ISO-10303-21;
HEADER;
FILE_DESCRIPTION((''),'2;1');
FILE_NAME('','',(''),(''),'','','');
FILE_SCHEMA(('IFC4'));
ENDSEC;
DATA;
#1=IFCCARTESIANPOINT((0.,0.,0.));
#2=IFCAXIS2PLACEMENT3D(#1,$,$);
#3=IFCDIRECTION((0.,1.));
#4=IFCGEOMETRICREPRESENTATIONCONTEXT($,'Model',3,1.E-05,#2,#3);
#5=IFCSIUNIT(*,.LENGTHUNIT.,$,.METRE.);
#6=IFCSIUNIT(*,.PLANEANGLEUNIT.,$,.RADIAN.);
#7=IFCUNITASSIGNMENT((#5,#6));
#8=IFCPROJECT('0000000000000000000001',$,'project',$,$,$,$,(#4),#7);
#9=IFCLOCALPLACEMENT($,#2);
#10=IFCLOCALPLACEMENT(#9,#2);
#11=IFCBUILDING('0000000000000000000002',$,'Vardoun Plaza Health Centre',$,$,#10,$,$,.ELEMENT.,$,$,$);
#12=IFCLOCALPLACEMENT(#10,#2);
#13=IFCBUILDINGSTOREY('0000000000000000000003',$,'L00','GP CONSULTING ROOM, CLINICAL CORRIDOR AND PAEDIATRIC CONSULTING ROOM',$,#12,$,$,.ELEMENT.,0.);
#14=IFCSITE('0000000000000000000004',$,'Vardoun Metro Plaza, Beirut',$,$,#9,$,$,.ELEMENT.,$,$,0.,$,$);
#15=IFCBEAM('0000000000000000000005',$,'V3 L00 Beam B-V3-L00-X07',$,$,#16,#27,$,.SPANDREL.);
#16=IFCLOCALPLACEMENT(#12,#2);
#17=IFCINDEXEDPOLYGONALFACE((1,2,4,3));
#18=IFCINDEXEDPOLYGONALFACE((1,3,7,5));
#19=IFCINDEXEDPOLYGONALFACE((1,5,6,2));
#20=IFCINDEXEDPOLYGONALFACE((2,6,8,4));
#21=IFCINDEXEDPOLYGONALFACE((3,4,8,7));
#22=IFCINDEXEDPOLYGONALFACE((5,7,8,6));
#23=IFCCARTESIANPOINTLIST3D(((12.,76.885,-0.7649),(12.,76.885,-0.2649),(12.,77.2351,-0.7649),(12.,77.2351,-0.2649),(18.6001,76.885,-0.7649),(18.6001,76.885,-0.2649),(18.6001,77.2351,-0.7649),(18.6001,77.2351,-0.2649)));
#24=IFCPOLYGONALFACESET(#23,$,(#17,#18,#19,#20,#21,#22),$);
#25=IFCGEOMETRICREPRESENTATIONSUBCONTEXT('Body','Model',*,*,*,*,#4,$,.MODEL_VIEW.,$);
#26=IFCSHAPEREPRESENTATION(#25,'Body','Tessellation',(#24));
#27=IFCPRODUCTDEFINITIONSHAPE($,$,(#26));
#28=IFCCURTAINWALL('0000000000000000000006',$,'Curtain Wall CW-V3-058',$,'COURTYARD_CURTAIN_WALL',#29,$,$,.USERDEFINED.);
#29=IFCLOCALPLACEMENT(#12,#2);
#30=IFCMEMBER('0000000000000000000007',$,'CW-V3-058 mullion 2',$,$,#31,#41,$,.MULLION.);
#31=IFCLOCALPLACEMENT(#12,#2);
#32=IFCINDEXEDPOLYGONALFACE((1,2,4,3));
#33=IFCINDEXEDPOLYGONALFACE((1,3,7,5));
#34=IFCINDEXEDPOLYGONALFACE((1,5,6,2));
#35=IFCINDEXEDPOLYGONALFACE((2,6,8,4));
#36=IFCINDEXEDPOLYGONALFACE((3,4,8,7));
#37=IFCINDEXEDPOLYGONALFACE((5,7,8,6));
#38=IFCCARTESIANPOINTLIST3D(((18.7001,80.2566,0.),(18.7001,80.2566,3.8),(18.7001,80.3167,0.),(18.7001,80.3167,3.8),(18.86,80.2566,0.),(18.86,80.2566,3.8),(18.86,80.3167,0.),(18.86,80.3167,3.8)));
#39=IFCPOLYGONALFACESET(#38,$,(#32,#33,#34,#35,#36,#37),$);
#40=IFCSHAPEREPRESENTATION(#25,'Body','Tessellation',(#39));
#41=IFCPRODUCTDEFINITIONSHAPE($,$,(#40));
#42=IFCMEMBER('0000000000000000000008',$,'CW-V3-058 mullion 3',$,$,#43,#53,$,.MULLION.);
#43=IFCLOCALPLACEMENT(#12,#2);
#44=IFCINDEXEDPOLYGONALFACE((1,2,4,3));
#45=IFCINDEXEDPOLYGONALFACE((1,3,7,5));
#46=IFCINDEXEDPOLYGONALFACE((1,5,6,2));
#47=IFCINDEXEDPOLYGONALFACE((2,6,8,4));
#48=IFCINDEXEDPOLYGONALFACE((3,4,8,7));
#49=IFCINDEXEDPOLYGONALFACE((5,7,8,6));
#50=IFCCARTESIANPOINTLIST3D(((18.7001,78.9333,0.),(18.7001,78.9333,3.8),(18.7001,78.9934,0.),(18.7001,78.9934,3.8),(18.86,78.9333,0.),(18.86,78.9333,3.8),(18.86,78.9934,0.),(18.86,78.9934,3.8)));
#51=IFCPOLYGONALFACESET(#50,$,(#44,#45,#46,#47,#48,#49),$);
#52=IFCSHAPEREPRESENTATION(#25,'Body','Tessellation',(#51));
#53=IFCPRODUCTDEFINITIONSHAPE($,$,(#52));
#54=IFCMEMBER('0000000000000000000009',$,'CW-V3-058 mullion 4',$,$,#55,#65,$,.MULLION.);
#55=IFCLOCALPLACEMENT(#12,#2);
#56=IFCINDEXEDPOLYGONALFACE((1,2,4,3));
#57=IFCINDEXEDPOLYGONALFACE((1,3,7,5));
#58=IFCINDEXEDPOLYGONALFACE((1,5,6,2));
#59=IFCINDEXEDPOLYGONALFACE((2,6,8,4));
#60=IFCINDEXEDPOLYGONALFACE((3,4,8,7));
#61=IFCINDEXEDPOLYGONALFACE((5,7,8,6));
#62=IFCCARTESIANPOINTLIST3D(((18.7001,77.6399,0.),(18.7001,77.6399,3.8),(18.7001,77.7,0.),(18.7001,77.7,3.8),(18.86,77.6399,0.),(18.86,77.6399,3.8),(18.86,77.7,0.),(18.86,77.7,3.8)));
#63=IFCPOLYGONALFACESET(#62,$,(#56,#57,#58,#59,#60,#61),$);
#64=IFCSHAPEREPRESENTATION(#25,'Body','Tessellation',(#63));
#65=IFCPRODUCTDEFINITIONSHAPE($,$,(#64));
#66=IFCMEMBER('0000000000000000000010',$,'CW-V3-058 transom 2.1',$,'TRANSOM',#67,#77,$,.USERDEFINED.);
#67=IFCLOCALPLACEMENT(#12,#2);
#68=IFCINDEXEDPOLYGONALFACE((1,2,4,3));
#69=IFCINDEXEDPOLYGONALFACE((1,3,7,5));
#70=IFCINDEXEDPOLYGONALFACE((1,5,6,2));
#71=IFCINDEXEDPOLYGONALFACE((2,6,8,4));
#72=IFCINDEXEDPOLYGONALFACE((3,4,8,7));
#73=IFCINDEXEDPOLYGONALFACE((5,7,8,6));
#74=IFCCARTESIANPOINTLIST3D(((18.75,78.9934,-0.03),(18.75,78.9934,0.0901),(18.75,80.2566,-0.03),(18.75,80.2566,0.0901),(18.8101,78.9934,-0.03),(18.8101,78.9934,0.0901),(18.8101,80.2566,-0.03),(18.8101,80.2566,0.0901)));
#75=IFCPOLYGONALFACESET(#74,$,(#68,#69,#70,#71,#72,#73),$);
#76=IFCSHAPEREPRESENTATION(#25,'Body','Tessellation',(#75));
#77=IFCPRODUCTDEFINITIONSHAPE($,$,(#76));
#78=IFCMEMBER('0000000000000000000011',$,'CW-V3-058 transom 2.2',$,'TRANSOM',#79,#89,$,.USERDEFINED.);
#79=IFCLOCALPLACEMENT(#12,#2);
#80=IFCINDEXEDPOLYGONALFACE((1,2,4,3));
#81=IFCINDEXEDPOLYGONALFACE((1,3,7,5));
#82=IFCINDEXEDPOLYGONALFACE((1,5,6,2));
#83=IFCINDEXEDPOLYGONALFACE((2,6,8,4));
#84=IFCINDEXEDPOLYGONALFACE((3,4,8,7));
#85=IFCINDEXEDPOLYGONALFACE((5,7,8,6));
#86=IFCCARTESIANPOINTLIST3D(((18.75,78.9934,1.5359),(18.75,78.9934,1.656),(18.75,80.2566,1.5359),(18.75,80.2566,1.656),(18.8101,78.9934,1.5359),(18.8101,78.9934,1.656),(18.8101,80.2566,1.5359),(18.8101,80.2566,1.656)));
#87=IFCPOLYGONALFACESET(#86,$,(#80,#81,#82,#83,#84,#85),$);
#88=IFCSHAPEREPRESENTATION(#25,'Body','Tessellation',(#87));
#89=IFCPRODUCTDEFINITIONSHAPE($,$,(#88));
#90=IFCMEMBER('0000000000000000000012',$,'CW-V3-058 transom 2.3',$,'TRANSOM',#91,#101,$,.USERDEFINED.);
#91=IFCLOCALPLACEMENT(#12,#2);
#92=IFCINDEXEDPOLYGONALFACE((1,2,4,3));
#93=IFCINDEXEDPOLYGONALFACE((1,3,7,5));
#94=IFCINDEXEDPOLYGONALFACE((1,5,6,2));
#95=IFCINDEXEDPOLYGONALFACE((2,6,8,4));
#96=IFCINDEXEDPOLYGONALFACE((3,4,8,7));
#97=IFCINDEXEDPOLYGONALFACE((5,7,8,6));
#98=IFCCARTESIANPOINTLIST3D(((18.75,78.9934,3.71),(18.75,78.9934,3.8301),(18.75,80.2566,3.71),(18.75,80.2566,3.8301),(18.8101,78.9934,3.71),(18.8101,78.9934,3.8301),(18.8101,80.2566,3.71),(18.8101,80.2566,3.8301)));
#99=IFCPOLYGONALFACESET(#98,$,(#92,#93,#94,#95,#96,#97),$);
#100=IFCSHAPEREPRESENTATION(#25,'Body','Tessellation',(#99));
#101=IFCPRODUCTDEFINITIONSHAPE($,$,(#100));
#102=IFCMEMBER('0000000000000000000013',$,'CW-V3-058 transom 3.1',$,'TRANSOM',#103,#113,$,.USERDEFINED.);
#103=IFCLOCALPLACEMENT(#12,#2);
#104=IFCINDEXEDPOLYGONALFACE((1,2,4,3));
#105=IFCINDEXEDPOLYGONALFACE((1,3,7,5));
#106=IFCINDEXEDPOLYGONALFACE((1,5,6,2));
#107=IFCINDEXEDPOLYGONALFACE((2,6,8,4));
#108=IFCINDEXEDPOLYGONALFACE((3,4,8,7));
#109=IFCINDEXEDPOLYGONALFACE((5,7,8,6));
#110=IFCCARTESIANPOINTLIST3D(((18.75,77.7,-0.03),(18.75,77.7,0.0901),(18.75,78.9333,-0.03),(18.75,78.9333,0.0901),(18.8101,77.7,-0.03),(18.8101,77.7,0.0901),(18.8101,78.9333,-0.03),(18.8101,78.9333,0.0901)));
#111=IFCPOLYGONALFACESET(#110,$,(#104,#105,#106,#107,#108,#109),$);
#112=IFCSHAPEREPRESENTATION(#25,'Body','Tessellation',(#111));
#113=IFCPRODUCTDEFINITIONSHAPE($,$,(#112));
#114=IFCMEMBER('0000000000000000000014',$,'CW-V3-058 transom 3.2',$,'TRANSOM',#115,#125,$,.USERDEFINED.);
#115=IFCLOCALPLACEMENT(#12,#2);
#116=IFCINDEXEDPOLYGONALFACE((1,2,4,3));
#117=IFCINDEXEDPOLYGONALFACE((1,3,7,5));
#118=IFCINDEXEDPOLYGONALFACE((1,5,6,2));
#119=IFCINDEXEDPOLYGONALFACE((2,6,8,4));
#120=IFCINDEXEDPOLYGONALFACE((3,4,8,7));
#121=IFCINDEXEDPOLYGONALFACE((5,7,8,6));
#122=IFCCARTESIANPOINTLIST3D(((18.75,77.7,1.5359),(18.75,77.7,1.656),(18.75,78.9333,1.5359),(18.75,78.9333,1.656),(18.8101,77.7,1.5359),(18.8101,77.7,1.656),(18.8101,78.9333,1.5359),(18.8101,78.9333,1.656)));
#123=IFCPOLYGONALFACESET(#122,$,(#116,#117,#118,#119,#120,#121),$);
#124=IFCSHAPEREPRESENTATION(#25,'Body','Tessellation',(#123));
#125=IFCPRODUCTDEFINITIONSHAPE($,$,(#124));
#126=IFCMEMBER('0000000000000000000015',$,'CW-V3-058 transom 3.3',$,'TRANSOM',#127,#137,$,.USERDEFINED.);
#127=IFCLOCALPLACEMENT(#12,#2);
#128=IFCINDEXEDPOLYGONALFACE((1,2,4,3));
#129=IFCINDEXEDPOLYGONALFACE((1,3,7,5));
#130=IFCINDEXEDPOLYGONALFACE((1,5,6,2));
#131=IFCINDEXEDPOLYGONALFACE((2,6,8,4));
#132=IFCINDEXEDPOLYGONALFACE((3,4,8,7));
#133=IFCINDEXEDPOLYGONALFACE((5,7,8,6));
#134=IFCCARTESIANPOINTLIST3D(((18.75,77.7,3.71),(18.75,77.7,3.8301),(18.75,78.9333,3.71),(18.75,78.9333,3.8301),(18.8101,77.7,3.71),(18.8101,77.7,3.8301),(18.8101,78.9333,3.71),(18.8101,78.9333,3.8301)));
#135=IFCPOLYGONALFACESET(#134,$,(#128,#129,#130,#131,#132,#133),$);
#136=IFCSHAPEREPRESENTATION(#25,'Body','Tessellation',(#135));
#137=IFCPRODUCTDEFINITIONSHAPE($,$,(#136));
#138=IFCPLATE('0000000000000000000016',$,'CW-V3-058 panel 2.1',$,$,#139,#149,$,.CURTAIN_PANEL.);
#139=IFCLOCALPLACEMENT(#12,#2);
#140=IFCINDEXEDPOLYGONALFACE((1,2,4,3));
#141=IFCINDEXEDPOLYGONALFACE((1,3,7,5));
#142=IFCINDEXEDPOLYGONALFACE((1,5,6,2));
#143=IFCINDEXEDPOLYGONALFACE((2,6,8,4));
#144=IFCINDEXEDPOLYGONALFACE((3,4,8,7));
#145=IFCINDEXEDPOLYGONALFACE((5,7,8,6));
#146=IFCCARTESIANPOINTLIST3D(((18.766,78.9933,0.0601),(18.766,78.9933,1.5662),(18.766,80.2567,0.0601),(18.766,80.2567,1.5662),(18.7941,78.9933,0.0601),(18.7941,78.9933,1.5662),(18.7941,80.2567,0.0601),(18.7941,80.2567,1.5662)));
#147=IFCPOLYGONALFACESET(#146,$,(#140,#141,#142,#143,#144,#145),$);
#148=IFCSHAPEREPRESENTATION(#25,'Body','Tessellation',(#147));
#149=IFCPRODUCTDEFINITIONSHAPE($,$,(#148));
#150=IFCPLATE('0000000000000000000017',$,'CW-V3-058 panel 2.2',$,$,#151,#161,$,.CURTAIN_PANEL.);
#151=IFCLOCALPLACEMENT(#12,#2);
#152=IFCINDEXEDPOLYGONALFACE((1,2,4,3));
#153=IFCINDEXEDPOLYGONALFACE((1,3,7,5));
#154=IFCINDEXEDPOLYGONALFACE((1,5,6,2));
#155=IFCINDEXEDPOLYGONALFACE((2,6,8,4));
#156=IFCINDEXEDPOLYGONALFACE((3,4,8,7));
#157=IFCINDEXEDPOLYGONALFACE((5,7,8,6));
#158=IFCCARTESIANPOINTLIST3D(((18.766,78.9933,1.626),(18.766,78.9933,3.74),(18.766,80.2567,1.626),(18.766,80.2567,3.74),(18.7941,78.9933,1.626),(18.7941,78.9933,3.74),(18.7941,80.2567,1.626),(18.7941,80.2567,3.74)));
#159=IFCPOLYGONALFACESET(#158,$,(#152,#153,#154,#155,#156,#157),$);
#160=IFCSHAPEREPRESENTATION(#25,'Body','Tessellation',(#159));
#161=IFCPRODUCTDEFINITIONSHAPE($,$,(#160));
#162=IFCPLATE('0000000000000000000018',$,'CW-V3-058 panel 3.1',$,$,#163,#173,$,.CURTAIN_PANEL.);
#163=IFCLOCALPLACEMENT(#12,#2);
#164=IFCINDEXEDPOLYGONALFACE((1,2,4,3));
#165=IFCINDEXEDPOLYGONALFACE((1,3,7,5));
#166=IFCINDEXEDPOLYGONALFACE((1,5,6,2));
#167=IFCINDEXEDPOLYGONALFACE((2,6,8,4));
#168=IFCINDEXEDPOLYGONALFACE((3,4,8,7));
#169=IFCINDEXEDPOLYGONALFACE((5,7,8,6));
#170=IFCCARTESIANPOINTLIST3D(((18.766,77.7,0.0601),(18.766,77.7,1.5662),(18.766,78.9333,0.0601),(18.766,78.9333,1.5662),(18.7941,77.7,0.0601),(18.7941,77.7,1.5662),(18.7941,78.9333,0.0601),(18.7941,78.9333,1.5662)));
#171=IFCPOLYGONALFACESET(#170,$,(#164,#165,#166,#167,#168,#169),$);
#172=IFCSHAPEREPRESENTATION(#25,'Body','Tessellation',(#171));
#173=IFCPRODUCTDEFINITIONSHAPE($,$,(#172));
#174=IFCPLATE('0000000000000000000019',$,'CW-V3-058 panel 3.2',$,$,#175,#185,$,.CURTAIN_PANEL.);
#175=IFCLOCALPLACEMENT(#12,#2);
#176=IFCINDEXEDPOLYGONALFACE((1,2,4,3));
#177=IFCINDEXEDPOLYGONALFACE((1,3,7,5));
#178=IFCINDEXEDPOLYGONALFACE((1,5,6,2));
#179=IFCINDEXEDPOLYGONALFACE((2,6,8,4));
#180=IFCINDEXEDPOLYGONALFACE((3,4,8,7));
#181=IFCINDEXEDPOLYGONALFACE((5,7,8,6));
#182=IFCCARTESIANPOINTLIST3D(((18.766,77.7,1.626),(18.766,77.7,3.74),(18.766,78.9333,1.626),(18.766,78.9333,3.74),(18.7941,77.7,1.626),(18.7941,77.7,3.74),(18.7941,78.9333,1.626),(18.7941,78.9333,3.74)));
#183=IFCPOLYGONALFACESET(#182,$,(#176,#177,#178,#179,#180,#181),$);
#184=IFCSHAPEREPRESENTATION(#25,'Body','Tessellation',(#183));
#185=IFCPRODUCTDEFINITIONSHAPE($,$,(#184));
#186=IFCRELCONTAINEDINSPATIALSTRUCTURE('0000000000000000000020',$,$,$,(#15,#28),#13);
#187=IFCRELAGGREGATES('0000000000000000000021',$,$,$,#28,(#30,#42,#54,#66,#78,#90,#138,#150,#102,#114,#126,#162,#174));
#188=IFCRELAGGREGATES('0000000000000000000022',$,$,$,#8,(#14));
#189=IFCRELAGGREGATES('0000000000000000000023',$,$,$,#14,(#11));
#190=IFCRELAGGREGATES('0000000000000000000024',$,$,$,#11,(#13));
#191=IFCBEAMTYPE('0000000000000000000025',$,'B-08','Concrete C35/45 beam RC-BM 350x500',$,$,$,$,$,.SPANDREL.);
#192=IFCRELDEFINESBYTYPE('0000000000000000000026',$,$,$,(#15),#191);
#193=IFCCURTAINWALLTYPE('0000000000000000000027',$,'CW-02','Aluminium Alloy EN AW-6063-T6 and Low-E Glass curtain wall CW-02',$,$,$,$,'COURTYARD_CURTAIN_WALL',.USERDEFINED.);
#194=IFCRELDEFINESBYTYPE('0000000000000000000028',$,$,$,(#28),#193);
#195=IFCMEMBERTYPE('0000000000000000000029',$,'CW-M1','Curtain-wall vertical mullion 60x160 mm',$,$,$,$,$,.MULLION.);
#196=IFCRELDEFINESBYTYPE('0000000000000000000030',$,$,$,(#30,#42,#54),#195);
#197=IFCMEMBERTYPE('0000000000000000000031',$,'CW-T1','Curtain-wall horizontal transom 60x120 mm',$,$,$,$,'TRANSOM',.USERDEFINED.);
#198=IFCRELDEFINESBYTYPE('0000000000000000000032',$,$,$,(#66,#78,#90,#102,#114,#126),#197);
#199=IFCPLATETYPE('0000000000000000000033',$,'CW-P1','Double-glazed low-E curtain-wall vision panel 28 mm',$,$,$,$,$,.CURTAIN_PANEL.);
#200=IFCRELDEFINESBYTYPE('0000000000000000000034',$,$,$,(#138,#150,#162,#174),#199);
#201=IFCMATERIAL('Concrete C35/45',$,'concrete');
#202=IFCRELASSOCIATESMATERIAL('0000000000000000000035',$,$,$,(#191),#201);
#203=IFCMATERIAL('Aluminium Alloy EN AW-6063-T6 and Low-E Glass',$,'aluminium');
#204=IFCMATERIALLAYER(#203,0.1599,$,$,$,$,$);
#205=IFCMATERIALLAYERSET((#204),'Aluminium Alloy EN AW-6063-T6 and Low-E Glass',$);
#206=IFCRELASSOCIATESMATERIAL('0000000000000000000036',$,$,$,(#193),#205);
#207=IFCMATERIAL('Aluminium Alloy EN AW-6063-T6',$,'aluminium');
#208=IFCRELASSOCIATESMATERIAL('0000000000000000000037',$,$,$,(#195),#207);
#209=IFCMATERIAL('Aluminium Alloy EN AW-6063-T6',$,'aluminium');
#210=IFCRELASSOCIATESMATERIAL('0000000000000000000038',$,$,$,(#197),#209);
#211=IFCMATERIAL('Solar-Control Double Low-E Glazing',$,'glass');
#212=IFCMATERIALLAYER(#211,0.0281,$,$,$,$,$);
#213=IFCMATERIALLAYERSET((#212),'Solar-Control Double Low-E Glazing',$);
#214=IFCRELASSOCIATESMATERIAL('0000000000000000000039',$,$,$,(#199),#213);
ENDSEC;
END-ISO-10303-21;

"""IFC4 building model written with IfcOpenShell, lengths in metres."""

from ifc_helpers import new_model, si_unit, direction, frame, origin, origin_2d, place, context, subcontext, project, spatial, rectangle, extrude, material, layer, layer_set, material_profile, profile_set, type_object, element, aggregate, save


model = new_model("IFC4")

# Units and contexts
model_context = context("Model", 3, precision=1e-05, world=origin(), true_north=direction((0.0, 1.0)))
body_context = subcontext(model_context, "Body", "Model", "MODEL_VIEW")
ifc_project = project(units=[si_unit("LENGTHUNIT", "METRE"), si_unit("PLANEANGLEUNIT", "RADIAN")], contexts=[model_context])

# Site, building, storey
site_placement = place(None, origin())
site = spatial("IfcSite", under=ifc_project, at=site_placement, Name="Vardoun Metro Plaza, Beirut", CompositionType="ELEMENT", RefElevation=0.0)
building_placement = place(site_placement, origin())
building = spatial("IfcBuilding", under=site, at=building_placement, Name="Vardoun Plaza Health Centre", CompositionType="ELEMENT")
storey_placement = place(building_placement, origin())
storey = spatial("IfcBuildingStorey", under=building, at=storey_placement, Name="L00", Description="GP CONSULTING ROOM, CLINICAL CORRIDOR AND PAEDIATRIC CONSULTING ROOM", CompositionType="ELEMENT", Elevation=0.0)

# Beam
ifc_material_1 = material(Name="Concrete C35/45", Category="concrete")
ifc_material_profile_1 = material_profile(ifc_material_1, rectangle(XDim=0.3501, YDim=0.5, at=origin_2d()), Name="RC-BM 350x500")
ifc_profile_set_1 = profile_set([ifc_material_profile_1], Name="Concrete C35/45")
beam_type = type_object("IfcBeamType", Name="B-08", Description="Concrete C35/45 beam RC-BM 350x500", PredefinedType="SPANDREL", material=ifc_profile_set_1)
beam_placement = place(storey_placement, frame((12.0, 77.0601, -0.5149), z_axis=(1.0, 0.0, 0.0), x_axis=(0.0, 1.0, 0.0)))
element("IfcBeam", 1, at=beam_placement, inside=storey, type_object=beam_type, Name="V3 L00 Beam B-V3-L00-X07", PredefinedType="SPANDREL", context=body_context, shape_type="SweptSolid", body=[
    extrude(rectangle(XDim=0.3501, YDim=0.5, at=origin_2d()), origin(), (0.0, 0.0, 1.0), 6.6001),
])

# Curtain wall, members, plates
ifc_material_2 = material(Name="Aluminium Alloy EN AW-6063-T6 and Low-E Glass", Category="aluminium")
ifc_layer_1 = layer(ifc_material_2, 0.1599)
ifc_layer_set_1 = layer_set([ifc_layer_1], Name="Aluminium Alloy EN AW-6063-T6 and Low-E Glass")
curtain_wall_type = type_object("IfcCurtainWallType", Name="CW-02", Description="Aluminium Alloy EN AW-6063-T6 and Low-E Glass curtain wall CW-02", ElementType="COURTYARD_CURTAIN_WALL", PredefinedType="USERDEFINED", material=ifc_layer_set_1)
curtain_wall_placement = place(storey_placement, origin())
curtain_wall = element("IfcCurtainWall", 2, at=curtain_wall_placement, inside=storey, type_object=curtain_wall_type, Name="Curtain Wall CW-V3-058", ObjectType="COURTYARD_CURTAIN_WALL", PredefinedType="USERDEFINED")
ifc_material_3 = material(Name="Aluminium Alloy EN AW-6063-T6", Category="aluminium")
ifc_material_profile_2 = material_profile(ifc_material_3, rectangle(XDim=0.1599, YDim=0.0601, at=origin_2d()), Name="CWM 60x160")
ifc_profile_set_2 = profile_set([ifc_material_profile_2], Name="Aluminium Alloy EN AW-6063-T6")
member_type_1 = type_object("IfcMemberType", Name="CW-M1", Description="Curtain-wall vertical mullion 60x160 mm", PredefinedType="MULLION", material=ifc_profile_set_2)
member_1_placement = place(storey_placement, frame((18.78, 80.2866, 0.0), z_axis=(0.0, 0.0, 1.0), x_axis=(1.0, 0.0, 0.0)))
member_1 = element("IfcMember", 3, at=member_1_placement, type_object=member_type_1, Name="CW-V3-058 mullion 2", PredefinedType="MULLION", context=body_context, shape_type="SweptSolid", body=[
    extrude(rectangle(XDim=0.1599, YDim=0.0601, at=origin_2d()), origin(), (0.0, 0.0, 1.0), 3.8),
])
member_2_placement = place(storey_placement, frame((18.78, 78.9634, 0.0), z_axis=(0.0, 0.0, 1.0), x_axis=(1.0, 0.0, 0.0)))
member_2 = element("IfcMember", 4, at=member_2_placement, type_object=member_type_1, Name="CW-V3-058 mullion 3", PredefinedType="MULLION", context=body_context, shape_type="SweptSolid", body=[
    extrude(rectangle(XDim=0.1599, YDim=0.0601, at=origin_2d()), origin(), (0.0, 0.0, 1.0), 3.8),
])
member_3_placement = place(storey_placement, frame((18.78, 77.6699, 0.0), z_axis=(0.0, 0.0, 1.0), x_axis=(1.0, 0.0, 0.0)))
member_3 = element("IfcMember", 5, at=member_3_placement, type_object=member_type_1, Name="CW-V3-058 mullion 4", PredefinedType="MULLION", context=body_context, shape_type="SweptSolid", body=[
    extrude(rectangle(XDim=0.1599, YDim=0.0601, at=origin_2d()), origin(), (0.0, 0.0, 1.0), 3.8),
])
ifc_material_4 = material(Name="Aluminium Alloy EN AW-6063-T6", Category="aluminium")
ifc_material_profile_3 = material_profile(ifc_material_4, rectangle(XDim=0.0601, YDim=0.1201, at=origin_2d()), Name="CWT 60x120")
ifc_profile_set_3 = profile_set([ifc_material_profile_3], Name="Aluminium Alloy EN AW-6063-T6")
member_type_2 = type_object("IfcMemberType", Name="CW-T1", Description="Curtain-wall horizontal transom 60x120 mm", ElementType="TRANSOM", PredefinedType="USERDEFINED", material=ifc_profile_set_3)
member_4_placement = place(storey_placement, frame((18.78, 80.2566, 0.03), z_axis=(0.0, -1.0, 0.0), x_axis=(1.0, 0.0, 0.0)))
member_4 = element("IfcMember", 6, at=member_4_placement, type_object=member_type_2, Name="CW-V3-058 transom 2.1", ObjectType="TRANSOM", PredefinedType="USERDEFINED", context=body_context, shape_type="SweptSolid", body=[
    extrude(rectangle(XDim=0.0601, YDim=0.1201, at=origin_2d()), origin(), (0.0, 0.0, 1.0), 1.2632),
])
member_5_placement = place(storey_placement, frame((18.78, 80.2566, 1.5959), z_axis=(0.0, -1.0, 0.0), x_axis=(1.0, 0.0, 0.0)))
member_5 = element("IfcMember", 7, at=member_5_placement, type_object=member_type_2, Name="CW-V3-058 transom 2.2", ObjectType="TRANSOM", PredefinedType="USERDEFINED", context=body_context, shape_type="SweptSolid", body=[
    extrude(rectangle(XDim=0.0601, YDim=0.1201, at=origin_2d()), origin(), (0.0, 0.0, 1.0), 1.2632),
])
member_6_placement = place(storey_placement, frame((18.78, 80.2566, 3.77), z_axis=(0.0, -1.0, 0.0), x_axis=(1.0, 0.0, 0.0)))
member_6 = element("IfcMember", 8, at=member_6_placement, type_object=member_type_2, Name="CW-V3-058 transom 2.3", ObjectType="TRANSOM", PredefinedType="USERDEFINED", context=body_context, shape_type="SweptSolid", body=[
    extrude(rectangle(XDim=0.0601, YDim=0.1201, at=origin_2d()), origin(), (0.0, 0.0, 1.0), 1.2632),
])
member_7_placement = place(storey_placement, frame((18.78, 78.9333, 0.03), z_axis=(0.0, -1.0, 0.0), x_axis=(1.0, 0.0, 0.0)))
member_7 = element("IfcMember", 9, at=member_7_placement, type_object=member_type_2, Name="CW-V3-058 transom 3.1", ObjectType="TRANSOM", PredefinedType="USERDEFINED", context=body_context, shape_type="SweptSolid", body=[
    extrude(rectangle(XDim=0.0601, YDim=0.1201, at=origin_2d()), origin(), (0.0, 0.0, 1.0), 1.2334),
])
member_8_placement = place(storey_placement, frame((18.78, 78.9333, 1.5959), z_axis=(0.0, -1.0, 0.0), x_axis=(1.0, 0.0, 0.0)))
member_8 = element("IfcMember", 10, at=member_8_placement, type_object=member_type_2, Name="CW-V3-058 transom 3.2", ObjectType="TRANSOM", PredefinedType="USERDEFINED", context=body_context, shape_type="SweptSolid", body=[
    extrude(rectangle(XDim=0.0601, YDim=0.1201, at=origin_2d()), origin(), (0.0, 0.0, 1.0), 1.2334),
])
member_9_placement = place(storey_placement, frame((18.78, 78.9333, 3.77), z_axis=(0.0, -1.0, 0.0), x_axis=(1.0, 0.0, 0.0)))
member_9 = element("IfcMember", 11, at=member_9_placement, type_object=member_type_2, Name="CW-V3-058 transom 3.3", ObjectType="TRANSOM", PredefinedType="USERDEFINED", context=body_context, shape_type="SweptSolid", body=[
    extrude(rectangle(XDim=0.0601, YDim=0.1201, at=origin_2d()), origin(), (0.0, 0.0, 1.0), 1.2334),
])
ifc_material_5 = material(Name="Solar-Control Double Low-E Glazing", Category="glass")
ifc_layer_2 = layer(ifc_material_5, 0.0281)
ifc_layer_set_2 = layer_set([ifc_layer_2], Name="Solar-Control Double Low-E Glazing")
plate_type_1 = type_object("IfcPlateType", Name="CW-P1", Description="Double-glazed low-E curtain-wall vision panel 28 mm", PredefinedType="CURTAIN_PANEL", material=ifc_layer_set_2)
plate_1_placement = place(storey_placement, frame((18.78, 79.625, 0.0601), z_axis=(0.0, 0.0, 1.0), x_axis=(0.0, -1.0, 0.0)))
plate_1 = element("IfcPlate", 12, at=plate_1_placement, type_object=plate_type_1, Name="CW-V3-058 panel 2.1", PredefinedType="CURTAIN_PANEL", context=body_context, shape_type="SweptSolid", body=[
    extrude(rectangle(XDim=1.2634, YDim=0.0281, at=origin_2d()), origin(), (0.0, 0.0, 1.0), 1.5061),
])
plate_2_placement = place(storey_placement, frame((18.78, 79.625, 1.626), z_axis=(0.0, 0.0, 1.0), x_axis=(0.0, -1.0, 0.0)))
plate_2 = element("IfcPlate", 13, at=plate_2_placement, type_object=plate_type_1, Name="CW-V3-058 panel 2.2", PredefinedType="CURTAIN_PANEL", context=body_context, shape_type="SweptSolid", body=[
    extrude(rectangle(XDim=1.2634, YDim=0.0281, at=origin_2d()), origin(), (0.0, 0.0, 1.0), 2.114),
])
plate_3_placement = place(storey_placement, frame((18.78, 78.3167, 0.0601), z_axis=(0.0, 0.0, 1.0), x_axis=(0.0, -1.0, 0.0)))
plate_3 = element("IfcPlate", 14, at=plate_3_placement, type_object=plate_type_1, Name="CW-V3-058 panel 3.1", PredefinedType="CURTAIN_PANEL", context=body_context, shape_type="SweptSolid", body=[
    extrude(rectangle(XDim=1.2334, YDim=0.0281, at=origin_2d()), origin(), (0.0, 0.0, 1.0), 1.5061),
])
plate_4_placement = place(storey_placement, frame((18.78, 78.3167, 1.626), z_axis=(0.0, 0.0, 1.0), x_axis=(0.0, -1.0, 0.0)))
plate_4 = element("IfcPlate", 15, at=plate_4_placement, type_object=plate_type_1, Name="CW-V3-058 panel 3.2", PredefinedType="CURTAIN_PANEL", context=body_context, shape_type="SweptSolid", body=[
    extrude(rectangle(XDim=1.2334, YDim=0.0281, at=origin_2d()), origin(), (0.0, 0.0, 1.0), 2.114),
])
aggregate(curtain_wall, [member_1, member_2, member_3, member_4, member_5, member_6, plate_1, plate_2, member_7, member_8, member_9, plate_3, plate_4])

save(model, "model.ifc")
